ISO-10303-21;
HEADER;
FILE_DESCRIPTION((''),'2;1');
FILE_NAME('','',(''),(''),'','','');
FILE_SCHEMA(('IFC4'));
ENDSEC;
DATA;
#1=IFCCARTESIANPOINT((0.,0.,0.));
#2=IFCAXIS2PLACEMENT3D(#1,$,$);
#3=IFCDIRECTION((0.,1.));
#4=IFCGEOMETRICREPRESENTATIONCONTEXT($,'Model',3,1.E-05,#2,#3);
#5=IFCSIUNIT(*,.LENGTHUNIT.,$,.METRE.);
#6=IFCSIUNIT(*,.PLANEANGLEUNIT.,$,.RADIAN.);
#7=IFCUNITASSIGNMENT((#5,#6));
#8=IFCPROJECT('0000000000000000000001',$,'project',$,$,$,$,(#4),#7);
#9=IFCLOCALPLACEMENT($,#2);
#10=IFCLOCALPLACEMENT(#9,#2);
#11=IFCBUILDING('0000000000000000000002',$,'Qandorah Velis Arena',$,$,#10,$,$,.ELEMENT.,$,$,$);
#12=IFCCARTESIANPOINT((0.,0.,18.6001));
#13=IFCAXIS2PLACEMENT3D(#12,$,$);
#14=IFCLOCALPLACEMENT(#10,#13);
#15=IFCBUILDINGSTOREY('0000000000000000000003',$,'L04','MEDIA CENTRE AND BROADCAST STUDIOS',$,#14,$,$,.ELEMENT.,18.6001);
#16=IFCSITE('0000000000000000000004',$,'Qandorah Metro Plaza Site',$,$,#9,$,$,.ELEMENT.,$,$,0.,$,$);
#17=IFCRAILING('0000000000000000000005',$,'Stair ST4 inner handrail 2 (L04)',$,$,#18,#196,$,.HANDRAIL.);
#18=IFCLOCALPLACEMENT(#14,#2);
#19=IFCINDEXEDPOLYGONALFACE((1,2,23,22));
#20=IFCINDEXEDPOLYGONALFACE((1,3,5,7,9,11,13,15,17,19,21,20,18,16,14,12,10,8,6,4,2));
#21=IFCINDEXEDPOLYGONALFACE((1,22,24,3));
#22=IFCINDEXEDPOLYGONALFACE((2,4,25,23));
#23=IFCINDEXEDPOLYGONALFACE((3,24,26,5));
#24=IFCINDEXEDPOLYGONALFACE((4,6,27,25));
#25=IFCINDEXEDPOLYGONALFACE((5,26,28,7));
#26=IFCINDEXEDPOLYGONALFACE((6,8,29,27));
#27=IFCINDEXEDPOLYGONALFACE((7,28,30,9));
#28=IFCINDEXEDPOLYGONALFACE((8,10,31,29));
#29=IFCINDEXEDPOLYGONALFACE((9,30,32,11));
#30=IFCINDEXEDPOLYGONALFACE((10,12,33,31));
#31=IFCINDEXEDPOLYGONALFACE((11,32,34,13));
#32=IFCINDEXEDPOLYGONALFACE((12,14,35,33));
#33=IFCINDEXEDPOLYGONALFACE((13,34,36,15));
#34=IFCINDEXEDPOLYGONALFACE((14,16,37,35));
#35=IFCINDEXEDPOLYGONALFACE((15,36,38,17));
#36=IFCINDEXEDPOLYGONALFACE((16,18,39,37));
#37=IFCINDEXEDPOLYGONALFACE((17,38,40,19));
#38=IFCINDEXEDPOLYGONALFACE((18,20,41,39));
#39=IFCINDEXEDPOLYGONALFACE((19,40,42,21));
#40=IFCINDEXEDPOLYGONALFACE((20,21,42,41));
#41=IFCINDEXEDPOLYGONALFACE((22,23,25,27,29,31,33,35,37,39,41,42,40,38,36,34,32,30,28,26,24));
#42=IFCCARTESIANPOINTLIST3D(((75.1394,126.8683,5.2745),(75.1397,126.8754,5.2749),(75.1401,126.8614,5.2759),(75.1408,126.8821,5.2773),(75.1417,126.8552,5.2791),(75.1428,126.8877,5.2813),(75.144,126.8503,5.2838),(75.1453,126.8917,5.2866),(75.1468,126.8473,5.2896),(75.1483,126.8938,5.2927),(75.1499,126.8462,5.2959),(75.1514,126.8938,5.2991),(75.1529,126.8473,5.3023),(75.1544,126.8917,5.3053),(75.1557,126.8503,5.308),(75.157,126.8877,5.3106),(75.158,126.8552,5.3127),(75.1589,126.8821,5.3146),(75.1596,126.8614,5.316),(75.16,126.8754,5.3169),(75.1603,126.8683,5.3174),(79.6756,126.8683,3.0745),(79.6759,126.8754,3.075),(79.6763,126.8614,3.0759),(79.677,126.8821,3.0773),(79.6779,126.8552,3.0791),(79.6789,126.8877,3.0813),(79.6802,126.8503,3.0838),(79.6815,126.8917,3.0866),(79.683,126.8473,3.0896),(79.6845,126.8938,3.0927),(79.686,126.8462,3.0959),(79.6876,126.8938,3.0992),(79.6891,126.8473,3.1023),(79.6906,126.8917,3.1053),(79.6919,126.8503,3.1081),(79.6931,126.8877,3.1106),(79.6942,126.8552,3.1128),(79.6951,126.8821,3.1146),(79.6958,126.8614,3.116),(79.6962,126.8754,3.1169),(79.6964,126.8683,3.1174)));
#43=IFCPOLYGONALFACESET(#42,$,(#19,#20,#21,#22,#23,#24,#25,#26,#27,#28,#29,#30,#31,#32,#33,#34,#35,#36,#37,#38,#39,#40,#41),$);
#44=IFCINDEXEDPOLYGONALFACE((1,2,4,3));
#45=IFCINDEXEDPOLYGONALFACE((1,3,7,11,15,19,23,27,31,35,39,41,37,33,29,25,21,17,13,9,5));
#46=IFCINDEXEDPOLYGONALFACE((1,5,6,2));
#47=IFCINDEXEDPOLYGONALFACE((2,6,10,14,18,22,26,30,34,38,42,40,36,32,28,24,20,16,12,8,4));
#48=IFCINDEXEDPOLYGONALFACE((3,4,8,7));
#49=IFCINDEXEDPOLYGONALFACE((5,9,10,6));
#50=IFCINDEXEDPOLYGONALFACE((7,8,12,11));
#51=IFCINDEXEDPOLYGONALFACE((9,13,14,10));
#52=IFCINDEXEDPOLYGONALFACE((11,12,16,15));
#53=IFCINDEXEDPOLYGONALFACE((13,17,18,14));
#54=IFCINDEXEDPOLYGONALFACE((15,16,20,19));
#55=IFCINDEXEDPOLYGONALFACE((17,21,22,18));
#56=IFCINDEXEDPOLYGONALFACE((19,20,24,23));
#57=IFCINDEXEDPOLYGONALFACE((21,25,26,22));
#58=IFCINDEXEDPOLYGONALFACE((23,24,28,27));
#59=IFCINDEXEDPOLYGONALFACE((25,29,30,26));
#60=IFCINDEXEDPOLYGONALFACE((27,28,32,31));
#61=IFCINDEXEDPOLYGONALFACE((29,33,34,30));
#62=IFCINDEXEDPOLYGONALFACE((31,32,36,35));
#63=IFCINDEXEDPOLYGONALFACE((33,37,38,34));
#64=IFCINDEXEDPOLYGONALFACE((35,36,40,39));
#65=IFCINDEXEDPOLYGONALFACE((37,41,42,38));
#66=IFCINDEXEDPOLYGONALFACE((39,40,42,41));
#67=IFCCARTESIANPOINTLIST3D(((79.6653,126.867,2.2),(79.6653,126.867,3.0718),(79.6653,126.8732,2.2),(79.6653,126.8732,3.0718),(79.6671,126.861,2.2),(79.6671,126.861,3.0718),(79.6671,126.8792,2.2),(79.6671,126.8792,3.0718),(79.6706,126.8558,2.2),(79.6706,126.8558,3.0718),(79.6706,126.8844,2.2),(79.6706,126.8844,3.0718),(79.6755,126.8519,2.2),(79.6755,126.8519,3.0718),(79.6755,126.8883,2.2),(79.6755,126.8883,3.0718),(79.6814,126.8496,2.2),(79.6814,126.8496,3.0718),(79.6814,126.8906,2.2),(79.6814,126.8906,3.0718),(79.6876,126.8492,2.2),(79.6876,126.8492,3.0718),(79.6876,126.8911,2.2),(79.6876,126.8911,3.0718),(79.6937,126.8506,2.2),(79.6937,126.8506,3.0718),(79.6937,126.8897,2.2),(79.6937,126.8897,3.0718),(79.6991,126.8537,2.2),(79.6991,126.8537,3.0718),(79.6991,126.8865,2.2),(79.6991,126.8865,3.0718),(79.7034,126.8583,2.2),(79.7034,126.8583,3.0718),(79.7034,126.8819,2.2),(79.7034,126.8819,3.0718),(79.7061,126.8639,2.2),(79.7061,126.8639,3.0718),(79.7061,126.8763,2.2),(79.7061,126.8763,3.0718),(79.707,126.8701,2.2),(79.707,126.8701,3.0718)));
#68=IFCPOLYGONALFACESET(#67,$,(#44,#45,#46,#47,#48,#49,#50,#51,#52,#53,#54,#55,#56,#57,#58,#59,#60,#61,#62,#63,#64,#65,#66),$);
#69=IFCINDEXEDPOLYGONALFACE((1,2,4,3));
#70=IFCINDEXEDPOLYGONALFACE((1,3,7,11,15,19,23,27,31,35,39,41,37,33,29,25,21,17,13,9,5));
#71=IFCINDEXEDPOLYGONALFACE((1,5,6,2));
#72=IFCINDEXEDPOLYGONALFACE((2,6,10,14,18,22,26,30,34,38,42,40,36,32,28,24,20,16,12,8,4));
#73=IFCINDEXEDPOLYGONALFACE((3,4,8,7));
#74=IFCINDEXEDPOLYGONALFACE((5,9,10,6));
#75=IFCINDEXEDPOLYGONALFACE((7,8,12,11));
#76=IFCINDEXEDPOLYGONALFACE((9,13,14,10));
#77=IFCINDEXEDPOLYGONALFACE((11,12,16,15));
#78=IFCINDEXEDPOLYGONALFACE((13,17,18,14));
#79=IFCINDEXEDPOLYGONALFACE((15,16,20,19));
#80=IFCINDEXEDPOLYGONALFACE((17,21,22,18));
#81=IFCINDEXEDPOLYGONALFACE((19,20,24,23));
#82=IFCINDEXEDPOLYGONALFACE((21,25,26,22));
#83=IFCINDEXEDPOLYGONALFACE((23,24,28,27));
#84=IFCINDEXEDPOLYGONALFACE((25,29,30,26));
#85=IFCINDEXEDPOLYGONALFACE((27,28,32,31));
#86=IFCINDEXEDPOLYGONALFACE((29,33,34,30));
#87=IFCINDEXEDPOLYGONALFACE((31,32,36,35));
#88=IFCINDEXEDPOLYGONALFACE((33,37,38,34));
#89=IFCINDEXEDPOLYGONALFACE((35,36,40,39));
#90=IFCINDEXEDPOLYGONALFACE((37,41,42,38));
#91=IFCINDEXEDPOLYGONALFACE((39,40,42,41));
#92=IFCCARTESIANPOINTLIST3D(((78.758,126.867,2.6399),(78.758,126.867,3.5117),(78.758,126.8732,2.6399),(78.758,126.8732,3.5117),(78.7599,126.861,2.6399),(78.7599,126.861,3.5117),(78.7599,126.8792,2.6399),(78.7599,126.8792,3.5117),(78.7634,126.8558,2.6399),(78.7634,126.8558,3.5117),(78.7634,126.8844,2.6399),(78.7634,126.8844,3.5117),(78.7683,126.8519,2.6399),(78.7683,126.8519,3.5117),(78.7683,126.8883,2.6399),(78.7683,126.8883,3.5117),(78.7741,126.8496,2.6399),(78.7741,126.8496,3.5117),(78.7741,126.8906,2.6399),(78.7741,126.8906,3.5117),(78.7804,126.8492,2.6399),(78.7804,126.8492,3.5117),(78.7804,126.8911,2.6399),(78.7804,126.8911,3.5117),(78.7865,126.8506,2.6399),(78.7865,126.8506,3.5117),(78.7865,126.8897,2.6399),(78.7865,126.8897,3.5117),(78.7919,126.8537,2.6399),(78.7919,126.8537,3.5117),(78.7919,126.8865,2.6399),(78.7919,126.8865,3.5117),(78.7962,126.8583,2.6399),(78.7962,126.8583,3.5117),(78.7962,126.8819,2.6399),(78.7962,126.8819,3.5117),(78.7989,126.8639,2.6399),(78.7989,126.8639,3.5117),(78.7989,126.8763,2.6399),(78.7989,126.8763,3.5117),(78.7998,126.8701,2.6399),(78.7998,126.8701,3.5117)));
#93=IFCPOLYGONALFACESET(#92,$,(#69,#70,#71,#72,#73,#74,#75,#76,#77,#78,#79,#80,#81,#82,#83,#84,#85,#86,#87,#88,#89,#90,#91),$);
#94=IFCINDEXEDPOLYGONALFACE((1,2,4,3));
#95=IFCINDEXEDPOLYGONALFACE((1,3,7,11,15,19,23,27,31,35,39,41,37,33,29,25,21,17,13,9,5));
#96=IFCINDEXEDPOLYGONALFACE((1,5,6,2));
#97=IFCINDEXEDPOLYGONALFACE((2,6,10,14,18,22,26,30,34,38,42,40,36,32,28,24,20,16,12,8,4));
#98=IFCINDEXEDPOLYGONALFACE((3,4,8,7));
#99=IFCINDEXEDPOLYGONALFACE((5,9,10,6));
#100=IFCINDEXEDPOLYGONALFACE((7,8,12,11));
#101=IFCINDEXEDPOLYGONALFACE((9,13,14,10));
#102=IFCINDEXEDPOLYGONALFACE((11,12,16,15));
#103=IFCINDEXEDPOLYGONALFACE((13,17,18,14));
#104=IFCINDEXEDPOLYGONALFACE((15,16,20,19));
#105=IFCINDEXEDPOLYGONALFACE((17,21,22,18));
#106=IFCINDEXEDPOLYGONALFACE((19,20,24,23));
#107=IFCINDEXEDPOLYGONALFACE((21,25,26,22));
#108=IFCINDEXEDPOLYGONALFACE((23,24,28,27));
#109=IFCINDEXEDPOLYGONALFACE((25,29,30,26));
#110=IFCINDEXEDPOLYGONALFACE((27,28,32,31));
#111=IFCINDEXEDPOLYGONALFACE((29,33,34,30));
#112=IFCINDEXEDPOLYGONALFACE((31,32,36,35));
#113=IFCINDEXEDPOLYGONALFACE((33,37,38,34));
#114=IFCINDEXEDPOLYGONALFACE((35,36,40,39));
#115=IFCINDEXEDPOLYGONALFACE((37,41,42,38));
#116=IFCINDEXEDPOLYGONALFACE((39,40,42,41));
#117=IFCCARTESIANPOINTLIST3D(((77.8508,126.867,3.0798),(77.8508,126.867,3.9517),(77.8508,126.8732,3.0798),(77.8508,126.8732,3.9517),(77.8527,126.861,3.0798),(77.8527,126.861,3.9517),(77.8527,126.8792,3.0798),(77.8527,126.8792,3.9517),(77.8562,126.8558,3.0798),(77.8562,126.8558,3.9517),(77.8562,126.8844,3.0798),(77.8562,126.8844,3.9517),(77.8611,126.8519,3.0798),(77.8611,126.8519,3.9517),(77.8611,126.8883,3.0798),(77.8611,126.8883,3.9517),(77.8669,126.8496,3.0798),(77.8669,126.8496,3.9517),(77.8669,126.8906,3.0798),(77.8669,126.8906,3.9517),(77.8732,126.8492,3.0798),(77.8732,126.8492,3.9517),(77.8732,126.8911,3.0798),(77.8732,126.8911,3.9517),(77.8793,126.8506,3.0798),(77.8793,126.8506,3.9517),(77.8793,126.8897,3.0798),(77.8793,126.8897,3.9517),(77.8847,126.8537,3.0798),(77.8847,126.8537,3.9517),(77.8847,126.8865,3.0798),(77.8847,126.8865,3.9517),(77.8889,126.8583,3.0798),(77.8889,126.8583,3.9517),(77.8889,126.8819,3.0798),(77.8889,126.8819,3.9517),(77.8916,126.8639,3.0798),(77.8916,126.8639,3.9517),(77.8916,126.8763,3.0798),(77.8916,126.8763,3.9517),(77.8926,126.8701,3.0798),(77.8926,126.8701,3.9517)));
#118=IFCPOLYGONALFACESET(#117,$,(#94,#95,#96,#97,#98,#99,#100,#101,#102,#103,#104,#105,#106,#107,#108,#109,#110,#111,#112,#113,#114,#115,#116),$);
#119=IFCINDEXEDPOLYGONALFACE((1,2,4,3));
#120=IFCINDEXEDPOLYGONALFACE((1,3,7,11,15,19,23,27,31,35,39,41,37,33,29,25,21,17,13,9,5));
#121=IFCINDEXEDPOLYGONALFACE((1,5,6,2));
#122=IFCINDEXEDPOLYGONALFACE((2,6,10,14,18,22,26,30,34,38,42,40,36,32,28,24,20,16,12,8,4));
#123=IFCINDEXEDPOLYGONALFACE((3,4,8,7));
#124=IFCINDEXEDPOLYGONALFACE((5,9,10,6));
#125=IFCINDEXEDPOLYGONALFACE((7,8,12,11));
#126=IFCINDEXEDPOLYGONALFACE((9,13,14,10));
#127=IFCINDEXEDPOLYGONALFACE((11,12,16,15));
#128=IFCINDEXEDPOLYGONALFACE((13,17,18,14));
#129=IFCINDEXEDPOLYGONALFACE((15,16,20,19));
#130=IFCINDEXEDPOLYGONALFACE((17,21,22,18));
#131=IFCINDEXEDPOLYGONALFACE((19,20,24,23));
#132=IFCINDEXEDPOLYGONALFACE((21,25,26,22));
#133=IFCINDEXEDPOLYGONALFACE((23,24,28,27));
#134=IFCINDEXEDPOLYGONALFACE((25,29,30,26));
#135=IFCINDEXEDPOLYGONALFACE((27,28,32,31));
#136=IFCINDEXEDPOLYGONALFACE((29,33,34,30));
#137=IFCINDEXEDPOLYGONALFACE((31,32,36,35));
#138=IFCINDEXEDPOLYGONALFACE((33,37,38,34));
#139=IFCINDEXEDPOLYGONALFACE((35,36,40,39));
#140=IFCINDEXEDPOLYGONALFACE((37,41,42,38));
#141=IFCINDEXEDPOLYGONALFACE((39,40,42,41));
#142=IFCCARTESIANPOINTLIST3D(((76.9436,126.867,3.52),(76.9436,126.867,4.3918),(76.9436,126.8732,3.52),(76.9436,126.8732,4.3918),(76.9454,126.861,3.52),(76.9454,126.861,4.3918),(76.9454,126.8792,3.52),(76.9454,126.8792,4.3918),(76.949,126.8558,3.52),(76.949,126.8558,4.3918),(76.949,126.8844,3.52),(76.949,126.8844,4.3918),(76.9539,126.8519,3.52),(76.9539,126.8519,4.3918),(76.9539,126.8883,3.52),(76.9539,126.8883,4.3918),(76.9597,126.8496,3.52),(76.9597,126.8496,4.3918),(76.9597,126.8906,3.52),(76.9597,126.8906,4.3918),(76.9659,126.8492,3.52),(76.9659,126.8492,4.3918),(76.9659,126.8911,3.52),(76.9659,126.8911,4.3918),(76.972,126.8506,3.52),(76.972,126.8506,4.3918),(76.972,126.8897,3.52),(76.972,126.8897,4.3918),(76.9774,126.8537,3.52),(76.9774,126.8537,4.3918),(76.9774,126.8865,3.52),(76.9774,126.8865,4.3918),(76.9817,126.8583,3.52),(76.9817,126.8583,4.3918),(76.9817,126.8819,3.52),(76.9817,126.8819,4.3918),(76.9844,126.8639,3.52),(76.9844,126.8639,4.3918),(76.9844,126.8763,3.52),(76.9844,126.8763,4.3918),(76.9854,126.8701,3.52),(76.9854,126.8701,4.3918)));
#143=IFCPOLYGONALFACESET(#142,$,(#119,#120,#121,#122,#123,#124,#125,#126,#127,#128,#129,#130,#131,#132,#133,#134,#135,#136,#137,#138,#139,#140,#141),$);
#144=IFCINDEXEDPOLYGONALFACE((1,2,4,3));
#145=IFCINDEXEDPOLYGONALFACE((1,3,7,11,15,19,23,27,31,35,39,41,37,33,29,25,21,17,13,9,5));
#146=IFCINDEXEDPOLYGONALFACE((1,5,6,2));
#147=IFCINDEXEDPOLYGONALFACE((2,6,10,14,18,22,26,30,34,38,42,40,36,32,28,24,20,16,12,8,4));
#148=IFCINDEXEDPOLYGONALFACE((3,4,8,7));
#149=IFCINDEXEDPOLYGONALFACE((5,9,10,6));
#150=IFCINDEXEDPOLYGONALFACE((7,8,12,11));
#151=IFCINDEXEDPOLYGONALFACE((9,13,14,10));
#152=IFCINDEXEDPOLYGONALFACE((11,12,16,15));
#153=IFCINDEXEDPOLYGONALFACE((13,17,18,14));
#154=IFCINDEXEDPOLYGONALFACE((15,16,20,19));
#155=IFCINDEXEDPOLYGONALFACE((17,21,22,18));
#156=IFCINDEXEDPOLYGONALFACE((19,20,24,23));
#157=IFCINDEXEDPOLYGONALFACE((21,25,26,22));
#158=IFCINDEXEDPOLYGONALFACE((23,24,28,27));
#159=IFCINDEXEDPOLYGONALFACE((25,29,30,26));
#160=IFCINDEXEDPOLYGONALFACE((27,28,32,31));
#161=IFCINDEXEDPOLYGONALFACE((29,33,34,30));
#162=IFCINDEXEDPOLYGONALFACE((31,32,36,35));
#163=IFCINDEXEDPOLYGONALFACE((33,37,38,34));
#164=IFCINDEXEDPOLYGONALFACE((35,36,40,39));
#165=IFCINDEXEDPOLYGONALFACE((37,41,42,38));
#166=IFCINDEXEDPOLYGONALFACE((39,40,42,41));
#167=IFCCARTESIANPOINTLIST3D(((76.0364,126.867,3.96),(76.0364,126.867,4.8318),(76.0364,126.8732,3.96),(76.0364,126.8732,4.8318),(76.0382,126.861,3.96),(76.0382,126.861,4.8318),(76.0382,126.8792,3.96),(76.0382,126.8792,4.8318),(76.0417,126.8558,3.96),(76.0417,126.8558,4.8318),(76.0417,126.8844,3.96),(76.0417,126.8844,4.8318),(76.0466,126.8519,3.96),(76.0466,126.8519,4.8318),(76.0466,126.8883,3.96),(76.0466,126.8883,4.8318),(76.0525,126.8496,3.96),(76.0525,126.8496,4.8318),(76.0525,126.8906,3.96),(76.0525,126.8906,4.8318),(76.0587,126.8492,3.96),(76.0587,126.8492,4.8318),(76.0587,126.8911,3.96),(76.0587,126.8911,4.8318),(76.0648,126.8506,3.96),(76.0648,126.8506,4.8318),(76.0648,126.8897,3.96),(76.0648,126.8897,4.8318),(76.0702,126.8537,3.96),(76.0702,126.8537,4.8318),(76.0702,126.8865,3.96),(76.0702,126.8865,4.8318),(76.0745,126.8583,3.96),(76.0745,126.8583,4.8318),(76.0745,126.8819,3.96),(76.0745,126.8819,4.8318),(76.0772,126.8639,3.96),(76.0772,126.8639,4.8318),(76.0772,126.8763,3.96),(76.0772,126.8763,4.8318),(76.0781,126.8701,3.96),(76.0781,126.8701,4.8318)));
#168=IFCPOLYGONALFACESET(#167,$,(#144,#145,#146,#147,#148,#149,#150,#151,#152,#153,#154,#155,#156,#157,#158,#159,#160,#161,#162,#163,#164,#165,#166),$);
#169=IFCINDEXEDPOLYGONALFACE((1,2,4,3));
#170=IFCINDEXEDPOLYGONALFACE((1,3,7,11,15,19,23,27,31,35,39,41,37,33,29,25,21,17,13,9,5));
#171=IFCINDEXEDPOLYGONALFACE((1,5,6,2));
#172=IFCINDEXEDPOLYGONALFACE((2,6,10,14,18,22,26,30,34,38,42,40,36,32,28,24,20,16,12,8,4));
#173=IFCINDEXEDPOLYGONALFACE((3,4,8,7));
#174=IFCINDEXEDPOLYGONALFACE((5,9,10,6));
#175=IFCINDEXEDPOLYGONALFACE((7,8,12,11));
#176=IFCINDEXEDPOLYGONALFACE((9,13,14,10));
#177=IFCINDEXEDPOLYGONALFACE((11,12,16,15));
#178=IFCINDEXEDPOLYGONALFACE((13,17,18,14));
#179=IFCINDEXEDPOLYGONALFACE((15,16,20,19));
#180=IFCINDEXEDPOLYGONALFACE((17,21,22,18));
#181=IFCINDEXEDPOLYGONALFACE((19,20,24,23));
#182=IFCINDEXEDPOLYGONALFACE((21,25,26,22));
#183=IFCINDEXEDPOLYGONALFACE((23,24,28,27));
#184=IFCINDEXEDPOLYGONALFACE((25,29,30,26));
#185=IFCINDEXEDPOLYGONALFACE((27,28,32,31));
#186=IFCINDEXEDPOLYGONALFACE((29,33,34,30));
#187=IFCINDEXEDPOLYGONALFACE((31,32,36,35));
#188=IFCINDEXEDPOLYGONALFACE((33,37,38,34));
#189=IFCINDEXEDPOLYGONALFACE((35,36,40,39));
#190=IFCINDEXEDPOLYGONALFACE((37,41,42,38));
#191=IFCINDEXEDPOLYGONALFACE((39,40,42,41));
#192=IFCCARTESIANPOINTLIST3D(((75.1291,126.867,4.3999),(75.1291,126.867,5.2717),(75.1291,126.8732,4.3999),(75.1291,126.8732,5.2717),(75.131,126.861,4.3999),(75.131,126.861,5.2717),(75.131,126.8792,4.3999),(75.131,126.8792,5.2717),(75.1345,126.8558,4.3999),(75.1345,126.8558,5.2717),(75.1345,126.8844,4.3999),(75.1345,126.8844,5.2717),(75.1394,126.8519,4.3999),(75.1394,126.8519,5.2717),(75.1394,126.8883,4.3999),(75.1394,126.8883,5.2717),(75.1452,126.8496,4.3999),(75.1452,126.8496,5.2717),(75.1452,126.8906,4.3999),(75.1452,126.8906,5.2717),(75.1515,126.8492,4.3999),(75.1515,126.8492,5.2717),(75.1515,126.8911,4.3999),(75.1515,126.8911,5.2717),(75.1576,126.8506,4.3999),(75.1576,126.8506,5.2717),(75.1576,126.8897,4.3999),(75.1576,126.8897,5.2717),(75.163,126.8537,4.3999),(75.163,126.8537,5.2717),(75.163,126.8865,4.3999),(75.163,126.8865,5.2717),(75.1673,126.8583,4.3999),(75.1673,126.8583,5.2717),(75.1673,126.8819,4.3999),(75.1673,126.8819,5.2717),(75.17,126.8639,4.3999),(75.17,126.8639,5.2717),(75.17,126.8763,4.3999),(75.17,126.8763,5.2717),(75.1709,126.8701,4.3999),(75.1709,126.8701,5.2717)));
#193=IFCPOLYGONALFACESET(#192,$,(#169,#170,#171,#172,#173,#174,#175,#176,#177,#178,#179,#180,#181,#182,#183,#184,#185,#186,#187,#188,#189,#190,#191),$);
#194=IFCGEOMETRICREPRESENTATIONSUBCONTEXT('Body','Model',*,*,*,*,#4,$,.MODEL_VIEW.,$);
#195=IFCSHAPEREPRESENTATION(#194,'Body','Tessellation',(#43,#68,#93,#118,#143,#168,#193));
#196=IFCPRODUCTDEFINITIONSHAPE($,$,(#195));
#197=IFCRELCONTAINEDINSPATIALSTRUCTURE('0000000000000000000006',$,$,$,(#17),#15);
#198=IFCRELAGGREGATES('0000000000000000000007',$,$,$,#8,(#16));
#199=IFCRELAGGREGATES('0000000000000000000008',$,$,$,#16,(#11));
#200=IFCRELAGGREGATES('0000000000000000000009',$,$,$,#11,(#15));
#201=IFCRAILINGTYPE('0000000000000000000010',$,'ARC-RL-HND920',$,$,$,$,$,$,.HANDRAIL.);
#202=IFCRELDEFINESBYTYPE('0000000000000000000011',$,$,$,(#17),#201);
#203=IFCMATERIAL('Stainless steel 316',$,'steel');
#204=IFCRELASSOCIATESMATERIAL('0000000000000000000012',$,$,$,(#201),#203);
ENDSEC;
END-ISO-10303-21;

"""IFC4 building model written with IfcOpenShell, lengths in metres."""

from ifc_helpers import new_model, si_unit, direction, frame, origin, origin_2d, place, context, subcontext, project, spatial, circle, extrude, material, type_object, element, save


model = new_model("IFC4")

# Units and contexts
model_context = context("Model", 3, precision=1e-05, world=origin(), true_north=direction((0.0, 1.0)))
body_context = subcontext(model_context, "Body", "Model", "MODEL_VIEW")
ifc_project = project(units=[si_unit("LENGTHUNIT", "METRE"), si_unit("PLANEANGLEUNIT", "RADIAN")], contexts=[model_context])

# Site, building, storey
site_placement = place(None, origin())
site = spatial("IfcSite", under=ifc_project, at=site_placement, Name="Qandorah Metro Plaza Site", CompositionType="ELEMENT", RefElevation=0.0)
building_placement = place(site_placement, origin())
building = spatial("IfcBuilding", under=site, at=building_placement, Name="Qandorah Velis Arena", CompositionType="ELEMENT")
storey_placement = place(building_placement, frame((0.0, 0.0, 18.6001)))
storey = spatial("IfcBuildingStorey", under=building, at=storey_placement, Name="L04", Description="MEDIA CENTRE AND BROADCAST STUDIOS", CompositionType="ELEMENT", Elevation=18.6001)

# Railing
ifc_material_1 = material(Name="Stainless steel 316", Category="steel")
railing_type_1 = type_object("IfcRailingType", Name="ARC-RL-HND920", PredefinedType="HANDRAIL", material=ifc_material_1)
railing_1_placement = place(storey_placement, frame((79.686, 126.8701, 2.2)))
element("IfcRailing", 1, at=railing_1_placement, inside=storey, type_object=railing_type_1, Name="Stair ST4 inner handrail 2 (L04)", PredefinedType="HANDRAIL", context=body_context, shape_type="SweptSolid", body=[
    extrude(circle(Radius=0.0239, at=origin_2d()), frame((0.0, 0.0, 0.896), z_axis=(-0.899766, 0.0, 0.436372), x_axis=(0.0, -1.0, 0.0)), (0.0, 0.0, 1.0), 5.0415),
    extrude(circle(Radius=0.021, at=origin_2d()), origin(), (0.0, 0.0, 1.0), 0.8718),
    extrude(circle(Radius=0.021, at=origin_2d()), frame((-0.9072, 0.0, 0.4399)), (0.0, 0.0, 1.0), 0.8718),
    extrude(circle(Radius=0.021, at=origin_2d()), frame((-1.8145, 0.0, 0.8799)), (0.0, 0.0, 1.0), 0.8718),
    extrude(circle(Radius=0.021, at=origin_2d()), frame((-2.7217, 0.0, 1.3201)), (0.0, 0.0, 1.0), 0.8718),
    extrude(circle(Radius=0.021, at=origin_2d()), frame((-3.6289, 0.0, 1.76)), (0.0, 0.0, 1.0), 0.8718),
    extrude(circle(Radius=0.021, at=origin_2d()), frame((-4.5361, 0.0, 2.2)), (0.0, 0.0, 1.0), 0.8718),
])

save(model, "model.ifc")
